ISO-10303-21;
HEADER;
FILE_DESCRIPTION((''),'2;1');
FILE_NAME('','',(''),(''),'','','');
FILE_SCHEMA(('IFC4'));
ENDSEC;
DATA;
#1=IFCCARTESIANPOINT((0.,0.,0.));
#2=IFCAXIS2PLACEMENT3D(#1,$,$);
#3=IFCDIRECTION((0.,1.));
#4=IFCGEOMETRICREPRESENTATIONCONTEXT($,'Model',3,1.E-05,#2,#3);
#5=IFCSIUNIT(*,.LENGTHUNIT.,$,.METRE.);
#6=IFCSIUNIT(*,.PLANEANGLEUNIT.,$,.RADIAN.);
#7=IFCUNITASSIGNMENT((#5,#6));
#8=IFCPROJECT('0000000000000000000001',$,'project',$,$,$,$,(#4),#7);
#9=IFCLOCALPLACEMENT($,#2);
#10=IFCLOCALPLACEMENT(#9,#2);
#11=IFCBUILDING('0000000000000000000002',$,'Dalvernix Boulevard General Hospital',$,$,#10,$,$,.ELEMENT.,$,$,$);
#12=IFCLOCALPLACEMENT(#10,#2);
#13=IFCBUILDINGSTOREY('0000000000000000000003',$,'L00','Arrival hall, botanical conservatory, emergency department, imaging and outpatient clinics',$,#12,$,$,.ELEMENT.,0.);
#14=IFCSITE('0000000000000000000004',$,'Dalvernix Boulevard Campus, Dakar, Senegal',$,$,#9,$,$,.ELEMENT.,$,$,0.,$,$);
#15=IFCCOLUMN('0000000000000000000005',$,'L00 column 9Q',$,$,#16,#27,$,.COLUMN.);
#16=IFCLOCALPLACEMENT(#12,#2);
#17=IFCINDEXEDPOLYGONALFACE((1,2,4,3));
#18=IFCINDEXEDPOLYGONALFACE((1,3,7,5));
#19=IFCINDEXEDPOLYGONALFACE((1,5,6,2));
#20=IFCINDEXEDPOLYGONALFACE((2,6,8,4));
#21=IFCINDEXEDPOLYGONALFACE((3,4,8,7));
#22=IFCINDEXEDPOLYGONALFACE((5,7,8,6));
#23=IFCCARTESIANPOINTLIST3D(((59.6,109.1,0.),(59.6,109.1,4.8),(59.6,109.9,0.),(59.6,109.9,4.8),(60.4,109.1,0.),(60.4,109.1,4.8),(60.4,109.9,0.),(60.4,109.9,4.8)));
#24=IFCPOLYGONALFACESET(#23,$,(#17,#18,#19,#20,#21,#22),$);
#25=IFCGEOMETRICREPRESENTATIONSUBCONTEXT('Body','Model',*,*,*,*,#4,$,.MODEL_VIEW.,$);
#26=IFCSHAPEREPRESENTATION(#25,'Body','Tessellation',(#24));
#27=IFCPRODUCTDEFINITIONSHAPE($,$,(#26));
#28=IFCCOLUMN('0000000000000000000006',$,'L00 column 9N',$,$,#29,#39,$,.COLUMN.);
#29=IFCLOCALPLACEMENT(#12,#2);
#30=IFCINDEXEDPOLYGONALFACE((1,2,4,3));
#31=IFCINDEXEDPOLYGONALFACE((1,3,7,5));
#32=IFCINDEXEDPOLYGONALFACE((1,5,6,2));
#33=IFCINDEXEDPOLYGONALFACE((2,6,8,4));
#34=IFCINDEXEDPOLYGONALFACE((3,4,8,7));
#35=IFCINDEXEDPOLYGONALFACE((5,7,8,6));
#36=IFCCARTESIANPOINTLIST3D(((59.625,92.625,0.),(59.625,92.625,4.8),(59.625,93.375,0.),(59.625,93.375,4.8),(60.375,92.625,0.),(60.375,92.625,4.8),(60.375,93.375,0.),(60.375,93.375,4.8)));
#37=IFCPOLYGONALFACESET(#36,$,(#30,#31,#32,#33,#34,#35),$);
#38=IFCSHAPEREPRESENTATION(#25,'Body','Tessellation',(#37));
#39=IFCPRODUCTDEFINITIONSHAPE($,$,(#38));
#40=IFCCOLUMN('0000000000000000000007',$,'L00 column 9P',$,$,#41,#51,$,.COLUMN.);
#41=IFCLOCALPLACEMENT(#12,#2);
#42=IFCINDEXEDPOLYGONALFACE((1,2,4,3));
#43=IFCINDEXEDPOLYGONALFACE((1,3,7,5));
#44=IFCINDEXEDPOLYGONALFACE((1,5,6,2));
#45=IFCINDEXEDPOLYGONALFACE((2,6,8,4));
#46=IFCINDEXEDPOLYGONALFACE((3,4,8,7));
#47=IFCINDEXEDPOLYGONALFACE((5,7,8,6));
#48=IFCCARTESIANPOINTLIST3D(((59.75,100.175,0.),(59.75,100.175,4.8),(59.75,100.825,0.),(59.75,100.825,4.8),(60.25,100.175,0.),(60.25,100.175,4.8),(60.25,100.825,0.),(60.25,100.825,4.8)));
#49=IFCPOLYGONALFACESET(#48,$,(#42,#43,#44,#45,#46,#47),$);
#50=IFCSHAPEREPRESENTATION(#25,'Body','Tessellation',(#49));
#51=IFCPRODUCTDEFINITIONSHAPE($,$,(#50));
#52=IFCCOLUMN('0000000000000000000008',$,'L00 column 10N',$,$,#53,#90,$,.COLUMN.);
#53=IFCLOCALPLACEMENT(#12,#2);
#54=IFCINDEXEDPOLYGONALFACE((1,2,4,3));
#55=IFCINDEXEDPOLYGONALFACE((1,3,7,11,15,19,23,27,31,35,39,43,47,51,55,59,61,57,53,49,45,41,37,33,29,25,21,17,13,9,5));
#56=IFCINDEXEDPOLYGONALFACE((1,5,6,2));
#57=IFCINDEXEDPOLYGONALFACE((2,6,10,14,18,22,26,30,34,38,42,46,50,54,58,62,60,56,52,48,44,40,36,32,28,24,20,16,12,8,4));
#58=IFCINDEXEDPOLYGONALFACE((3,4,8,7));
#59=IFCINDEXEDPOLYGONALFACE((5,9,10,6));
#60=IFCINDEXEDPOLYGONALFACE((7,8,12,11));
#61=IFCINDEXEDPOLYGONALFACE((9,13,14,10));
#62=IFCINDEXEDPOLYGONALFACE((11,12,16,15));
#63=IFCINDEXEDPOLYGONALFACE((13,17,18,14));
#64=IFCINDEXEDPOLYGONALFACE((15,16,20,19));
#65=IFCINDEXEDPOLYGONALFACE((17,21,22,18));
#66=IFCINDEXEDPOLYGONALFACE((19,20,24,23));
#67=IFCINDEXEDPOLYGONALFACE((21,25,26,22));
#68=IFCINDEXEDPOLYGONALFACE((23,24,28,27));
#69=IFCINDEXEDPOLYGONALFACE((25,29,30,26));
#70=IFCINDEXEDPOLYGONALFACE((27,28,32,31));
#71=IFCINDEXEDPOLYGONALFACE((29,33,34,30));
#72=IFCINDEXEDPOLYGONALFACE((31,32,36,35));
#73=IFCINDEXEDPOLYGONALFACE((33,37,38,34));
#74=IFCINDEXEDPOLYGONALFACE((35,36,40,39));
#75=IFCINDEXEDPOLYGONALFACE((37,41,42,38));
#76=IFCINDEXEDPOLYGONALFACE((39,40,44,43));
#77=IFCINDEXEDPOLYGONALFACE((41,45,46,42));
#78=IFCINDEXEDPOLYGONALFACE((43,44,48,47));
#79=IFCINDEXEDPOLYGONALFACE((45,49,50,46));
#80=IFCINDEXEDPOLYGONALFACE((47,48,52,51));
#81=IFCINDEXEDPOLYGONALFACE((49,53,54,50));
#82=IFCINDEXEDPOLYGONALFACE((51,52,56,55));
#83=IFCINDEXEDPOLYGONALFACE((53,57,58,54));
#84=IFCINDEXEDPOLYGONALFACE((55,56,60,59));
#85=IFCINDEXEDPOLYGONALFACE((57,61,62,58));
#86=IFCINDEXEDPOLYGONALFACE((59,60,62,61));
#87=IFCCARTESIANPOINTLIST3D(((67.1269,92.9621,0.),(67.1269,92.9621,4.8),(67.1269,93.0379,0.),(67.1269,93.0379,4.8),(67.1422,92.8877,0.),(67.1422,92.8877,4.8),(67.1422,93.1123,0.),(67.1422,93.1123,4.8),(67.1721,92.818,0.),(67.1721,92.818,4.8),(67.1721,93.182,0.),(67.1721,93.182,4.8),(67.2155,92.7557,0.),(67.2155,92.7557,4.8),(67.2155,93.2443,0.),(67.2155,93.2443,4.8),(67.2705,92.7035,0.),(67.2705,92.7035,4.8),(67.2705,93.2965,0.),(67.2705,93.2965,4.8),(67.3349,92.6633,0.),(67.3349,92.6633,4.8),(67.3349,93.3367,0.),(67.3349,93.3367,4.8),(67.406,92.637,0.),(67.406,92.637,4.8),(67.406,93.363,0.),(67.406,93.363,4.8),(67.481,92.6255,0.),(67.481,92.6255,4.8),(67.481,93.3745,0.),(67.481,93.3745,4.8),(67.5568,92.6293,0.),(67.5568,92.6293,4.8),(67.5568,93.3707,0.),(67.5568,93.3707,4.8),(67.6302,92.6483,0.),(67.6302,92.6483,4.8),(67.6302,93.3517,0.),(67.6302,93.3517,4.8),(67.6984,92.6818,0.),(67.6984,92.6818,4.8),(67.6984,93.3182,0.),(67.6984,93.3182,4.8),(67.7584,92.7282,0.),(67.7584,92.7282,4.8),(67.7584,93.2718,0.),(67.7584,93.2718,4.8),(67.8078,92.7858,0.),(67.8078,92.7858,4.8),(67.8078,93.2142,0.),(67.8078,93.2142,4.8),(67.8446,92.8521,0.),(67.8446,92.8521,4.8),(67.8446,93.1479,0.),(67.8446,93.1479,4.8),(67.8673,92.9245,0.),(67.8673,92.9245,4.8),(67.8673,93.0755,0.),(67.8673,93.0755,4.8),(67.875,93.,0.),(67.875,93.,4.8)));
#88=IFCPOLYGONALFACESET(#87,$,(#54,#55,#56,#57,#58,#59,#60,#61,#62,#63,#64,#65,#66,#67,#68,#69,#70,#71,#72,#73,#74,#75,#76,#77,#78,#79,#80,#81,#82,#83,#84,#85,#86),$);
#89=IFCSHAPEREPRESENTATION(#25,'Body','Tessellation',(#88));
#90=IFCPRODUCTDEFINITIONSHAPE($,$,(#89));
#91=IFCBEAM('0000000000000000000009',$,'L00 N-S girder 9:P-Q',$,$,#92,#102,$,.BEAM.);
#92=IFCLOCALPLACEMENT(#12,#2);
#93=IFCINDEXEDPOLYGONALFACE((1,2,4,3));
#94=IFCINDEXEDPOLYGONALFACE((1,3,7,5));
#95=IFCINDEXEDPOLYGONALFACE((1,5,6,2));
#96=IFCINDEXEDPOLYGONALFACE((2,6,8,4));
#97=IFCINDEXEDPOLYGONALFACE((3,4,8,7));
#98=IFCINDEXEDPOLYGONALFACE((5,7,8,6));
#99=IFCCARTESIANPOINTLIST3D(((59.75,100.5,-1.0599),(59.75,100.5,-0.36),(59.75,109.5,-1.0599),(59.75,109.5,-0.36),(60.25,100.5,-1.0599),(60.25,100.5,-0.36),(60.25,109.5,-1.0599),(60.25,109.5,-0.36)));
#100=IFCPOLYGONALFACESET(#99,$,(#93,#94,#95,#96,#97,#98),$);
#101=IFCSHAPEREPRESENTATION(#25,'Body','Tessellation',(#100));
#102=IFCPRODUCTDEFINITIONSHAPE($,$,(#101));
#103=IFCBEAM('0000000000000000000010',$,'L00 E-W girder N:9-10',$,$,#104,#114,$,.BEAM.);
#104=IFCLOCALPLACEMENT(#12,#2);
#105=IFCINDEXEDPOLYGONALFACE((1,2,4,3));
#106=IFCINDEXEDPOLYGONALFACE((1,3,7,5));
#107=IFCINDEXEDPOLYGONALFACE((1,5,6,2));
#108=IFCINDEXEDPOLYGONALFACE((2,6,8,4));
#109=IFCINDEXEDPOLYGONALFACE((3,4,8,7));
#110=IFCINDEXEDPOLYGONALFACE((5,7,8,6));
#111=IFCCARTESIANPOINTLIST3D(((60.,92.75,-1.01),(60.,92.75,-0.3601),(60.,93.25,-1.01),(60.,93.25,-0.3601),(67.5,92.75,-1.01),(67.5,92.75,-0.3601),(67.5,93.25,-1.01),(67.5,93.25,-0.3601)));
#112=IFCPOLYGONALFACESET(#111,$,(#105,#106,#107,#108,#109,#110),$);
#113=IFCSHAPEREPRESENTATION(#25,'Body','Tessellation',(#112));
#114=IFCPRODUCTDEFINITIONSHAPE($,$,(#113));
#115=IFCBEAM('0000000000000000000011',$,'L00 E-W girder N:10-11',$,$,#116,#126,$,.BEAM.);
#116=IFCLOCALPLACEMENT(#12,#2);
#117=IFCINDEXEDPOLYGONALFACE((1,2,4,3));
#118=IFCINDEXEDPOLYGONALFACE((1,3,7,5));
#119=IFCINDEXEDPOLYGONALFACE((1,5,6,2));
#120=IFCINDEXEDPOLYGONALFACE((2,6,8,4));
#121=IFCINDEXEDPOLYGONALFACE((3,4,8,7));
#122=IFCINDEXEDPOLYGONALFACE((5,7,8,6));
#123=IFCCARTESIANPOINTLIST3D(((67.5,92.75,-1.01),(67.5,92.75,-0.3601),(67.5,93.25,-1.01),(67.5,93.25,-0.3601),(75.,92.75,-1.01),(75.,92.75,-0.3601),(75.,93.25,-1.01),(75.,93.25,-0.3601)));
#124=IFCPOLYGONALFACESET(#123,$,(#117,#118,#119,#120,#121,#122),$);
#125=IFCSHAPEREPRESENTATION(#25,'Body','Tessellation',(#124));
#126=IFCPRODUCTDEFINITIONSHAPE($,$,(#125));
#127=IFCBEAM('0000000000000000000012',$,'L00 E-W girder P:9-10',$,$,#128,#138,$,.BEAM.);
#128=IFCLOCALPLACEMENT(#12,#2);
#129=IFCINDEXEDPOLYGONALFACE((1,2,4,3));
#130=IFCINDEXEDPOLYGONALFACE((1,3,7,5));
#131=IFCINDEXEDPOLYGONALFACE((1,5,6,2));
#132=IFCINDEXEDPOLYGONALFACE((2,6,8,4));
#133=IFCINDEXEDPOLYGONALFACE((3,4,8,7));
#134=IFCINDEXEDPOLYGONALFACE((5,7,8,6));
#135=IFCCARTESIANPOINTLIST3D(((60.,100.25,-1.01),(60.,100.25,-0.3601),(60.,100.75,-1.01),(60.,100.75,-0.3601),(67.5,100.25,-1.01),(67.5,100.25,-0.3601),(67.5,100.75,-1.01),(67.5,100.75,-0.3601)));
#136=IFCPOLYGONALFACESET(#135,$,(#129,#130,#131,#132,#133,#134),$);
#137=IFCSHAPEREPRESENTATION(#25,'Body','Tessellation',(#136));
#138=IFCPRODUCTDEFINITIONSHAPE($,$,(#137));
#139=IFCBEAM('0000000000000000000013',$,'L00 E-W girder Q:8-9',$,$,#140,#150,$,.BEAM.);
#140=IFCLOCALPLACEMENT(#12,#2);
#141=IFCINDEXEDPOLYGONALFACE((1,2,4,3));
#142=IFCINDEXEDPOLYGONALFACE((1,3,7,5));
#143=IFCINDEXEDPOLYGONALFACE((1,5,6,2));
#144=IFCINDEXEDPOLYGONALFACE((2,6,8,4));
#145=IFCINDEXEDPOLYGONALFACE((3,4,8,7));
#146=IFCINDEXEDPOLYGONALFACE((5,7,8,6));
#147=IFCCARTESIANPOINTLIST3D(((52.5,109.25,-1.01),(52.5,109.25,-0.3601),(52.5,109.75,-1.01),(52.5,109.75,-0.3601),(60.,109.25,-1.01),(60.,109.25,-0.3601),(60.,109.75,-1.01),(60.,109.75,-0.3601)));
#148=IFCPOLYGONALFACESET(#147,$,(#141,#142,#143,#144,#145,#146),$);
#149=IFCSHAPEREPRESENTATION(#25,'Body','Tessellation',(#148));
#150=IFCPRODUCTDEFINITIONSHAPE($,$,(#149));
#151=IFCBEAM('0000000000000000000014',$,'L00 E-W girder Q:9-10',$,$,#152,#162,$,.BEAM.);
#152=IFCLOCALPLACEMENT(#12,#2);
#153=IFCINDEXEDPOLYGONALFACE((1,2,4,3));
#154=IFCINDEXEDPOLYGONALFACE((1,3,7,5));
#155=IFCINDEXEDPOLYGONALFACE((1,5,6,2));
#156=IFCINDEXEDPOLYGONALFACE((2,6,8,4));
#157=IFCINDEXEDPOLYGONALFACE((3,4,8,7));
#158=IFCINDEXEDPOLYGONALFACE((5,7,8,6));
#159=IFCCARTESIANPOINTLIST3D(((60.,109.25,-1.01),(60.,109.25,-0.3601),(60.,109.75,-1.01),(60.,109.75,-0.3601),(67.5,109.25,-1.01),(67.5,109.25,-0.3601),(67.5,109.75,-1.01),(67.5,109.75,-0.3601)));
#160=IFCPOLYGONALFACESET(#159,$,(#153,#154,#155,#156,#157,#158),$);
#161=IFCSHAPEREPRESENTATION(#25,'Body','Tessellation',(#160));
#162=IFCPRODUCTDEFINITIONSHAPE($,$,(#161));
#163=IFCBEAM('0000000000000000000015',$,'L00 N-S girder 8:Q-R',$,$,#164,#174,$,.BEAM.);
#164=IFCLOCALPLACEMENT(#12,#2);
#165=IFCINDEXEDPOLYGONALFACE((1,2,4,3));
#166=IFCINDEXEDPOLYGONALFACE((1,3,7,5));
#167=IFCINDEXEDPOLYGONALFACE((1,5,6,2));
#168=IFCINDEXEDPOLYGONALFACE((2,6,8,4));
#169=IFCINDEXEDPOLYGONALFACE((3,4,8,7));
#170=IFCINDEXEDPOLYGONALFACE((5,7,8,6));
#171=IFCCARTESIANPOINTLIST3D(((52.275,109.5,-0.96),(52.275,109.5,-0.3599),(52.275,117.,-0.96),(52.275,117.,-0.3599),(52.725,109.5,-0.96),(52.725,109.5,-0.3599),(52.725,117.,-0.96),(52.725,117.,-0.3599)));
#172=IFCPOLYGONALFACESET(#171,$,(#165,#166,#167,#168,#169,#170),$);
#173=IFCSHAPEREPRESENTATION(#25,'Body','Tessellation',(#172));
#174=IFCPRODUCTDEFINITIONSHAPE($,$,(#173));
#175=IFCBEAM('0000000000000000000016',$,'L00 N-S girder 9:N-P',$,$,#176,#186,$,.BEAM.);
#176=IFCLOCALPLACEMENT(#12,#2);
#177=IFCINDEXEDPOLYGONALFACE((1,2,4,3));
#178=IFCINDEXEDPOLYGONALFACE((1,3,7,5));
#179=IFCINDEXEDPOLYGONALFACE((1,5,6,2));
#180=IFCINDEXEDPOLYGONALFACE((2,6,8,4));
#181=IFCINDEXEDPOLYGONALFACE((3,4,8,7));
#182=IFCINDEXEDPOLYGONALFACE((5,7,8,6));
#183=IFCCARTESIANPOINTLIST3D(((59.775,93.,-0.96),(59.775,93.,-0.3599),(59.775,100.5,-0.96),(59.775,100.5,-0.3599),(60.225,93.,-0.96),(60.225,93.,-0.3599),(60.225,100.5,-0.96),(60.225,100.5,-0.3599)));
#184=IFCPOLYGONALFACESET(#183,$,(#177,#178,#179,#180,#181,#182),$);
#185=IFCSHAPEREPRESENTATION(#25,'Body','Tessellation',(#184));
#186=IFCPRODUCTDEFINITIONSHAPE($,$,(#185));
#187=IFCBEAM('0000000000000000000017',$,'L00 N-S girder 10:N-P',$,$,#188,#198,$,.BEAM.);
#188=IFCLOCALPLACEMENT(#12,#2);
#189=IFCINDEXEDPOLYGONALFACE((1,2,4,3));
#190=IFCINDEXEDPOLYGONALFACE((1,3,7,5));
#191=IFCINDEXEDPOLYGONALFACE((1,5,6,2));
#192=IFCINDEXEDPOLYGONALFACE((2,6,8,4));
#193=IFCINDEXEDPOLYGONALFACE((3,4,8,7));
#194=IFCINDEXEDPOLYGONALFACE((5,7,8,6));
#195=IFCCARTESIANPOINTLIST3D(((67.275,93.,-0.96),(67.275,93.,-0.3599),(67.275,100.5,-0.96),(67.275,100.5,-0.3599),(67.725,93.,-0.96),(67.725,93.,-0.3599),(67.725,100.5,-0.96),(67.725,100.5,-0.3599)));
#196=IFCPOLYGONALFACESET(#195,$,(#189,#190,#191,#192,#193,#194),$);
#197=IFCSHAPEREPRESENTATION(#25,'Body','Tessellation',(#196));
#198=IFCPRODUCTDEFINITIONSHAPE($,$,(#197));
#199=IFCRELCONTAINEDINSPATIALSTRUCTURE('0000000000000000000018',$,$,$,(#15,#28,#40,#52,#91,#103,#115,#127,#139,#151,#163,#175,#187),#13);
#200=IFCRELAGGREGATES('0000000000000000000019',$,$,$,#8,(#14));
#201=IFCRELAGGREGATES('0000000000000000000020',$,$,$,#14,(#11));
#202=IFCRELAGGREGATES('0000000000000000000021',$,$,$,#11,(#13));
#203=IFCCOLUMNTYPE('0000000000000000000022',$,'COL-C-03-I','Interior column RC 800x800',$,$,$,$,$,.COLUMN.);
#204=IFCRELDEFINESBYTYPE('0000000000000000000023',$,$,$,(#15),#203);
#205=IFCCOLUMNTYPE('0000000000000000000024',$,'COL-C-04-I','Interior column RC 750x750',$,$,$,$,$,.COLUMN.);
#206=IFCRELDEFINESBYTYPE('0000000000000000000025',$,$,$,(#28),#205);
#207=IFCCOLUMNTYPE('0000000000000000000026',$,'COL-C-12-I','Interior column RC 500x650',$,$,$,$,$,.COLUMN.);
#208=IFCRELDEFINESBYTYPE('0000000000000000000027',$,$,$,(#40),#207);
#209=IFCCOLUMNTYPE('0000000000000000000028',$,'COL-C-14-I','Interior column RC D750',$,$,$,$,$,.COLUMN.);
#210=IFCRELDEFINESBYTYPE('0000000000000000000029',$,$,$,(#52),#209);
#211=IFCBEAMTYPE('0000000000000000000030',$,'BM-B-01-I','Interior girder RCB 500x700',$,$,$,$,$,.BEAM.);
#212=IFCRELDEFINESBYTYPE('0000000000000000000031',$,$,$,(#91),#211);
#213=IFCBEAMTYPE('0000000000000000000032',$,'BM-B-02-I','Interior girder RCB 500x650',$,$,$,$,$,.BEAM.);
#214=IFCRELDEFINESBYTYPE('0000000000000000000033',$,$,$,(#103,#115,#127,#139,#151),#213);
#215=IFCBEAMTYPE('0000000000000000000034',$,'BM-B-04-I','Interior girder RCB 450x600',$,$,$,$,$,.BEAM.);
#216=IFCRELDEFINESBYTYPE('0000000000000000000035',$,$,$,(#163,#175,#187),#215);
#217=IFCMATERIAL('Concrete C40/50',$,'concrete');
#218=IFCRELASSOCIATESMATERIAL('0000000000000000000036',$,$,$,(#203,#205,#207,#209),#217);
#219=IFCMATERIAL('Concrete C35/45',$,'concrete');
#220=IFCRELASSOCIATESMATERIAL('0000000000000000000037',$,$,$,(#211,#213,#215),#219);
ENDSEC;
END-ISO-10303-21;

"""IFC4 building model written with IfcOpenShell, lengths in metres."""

from ifc_helpers import new_model, si_unit, direction, frame, origin, origin_2d, place, context, subcontext, project, spatial, rectangle, circle, extrude, material, material_profile, profile_set, type_object, element, save


model = new_model("IFC4")

# Units and contexts
model_context = context("Model", 3, precision=1e-05, world=origin(), true_north=direction((0.0, 1.0)))
body_context = subcontext(model_context, "Body", "Model", "MODEL_VIEW")
ifc_project = project(units=[si_unit("LENGTHUNIT", "METRE"), si_unit("PLANEANGLEUNIT", "RADIAN")], contexts=[model_context])

# Site, building, storey
site_placement = place(None, origin())
site = spatial("IfcSite", under=ifc_project, at=site_placement, Name="Dalvernix Boulevard Campus, Dakar, Senegal", CompositionType="ELEMENT", RefElevation=0.0)
building_placement = place(site_placement, origin())
building = spatial("IfcBuilding", under=site, at=building_placement, Name="Dalvernix Boulevard General Hospital", CompositionType="ELEMENT")
storey_placement = place(building_placement, origin())
storey = spatial("IfcBuildingStorey", under=building, at=storey_placement, Name="L00", Description="Arrival hall, botanical conservatory, emergency department, imaging and outpatient clinics", CompositionType="ELEMENT", Elevation=0.0)

# Columns
ifc_material_1 = material(Name="Concrete C40/50", Category="concrete")
ifc_material_profile_1 = material_profile(ifc_material_1, rectangle(XDim=0.8, YDim=0.8, at=origin_2d()), Name="RC 800x800")
ifc_profile_set_1 = profile_set([ifc_material_profile_1], Name="Concrete C40/50")
column_type_1 = type_object("IfcColumnType", Name="COL-C-03-I", Description="Interior column RC 800x800", PredefinedType="COLUMN", material=ifc_profile_set_1)
column_1_placement = place(storey_placement, frame((60.0, 109.5, 0.0), z_axis=(0.0, 0.0, 1.0), x_axis=(1.0, 0.0, 0.0)))
element("IfcColumn", 1, at=column_1_placement, inside=storey, type_object=column_type_1, Name="L00 column 9Q", PredefinedType="COLUMN", context=body_context, shape_type="SweptSolid", body=[
    extrude(rectangle(XDim=0.8, YDim=0.8, at=origin_2d()), origin(), (0.0, 0.0, 1.0), 4.8),
])
ifc_material_profile_2 = material_profile(ifc_material_1, rectangle(XDim=0.75, YDim=0.75, at=origin_2d()), Name="RC 750x750")
ifc_profile_set_2 = profile_set([ifc_material_profile_2], Name="Concrete C40/50")
column_type_2 = type_object("IfcColumnType", Name="COL-C-04-I", Description="Interior column RC 750x750", PredefinedType="COLUMN", material=ifc_profile_set_2)
column_2_placement = place(storey_placement, frame((60.0, 93.0, 0.0), z_axis=(0.0, 0.0, 1.0), x_axis=(1.0, 0.0, 0.0)))
element("IfcColumn", 2, at=column_2_placement, inside=storey, type_object=column_type_2, Name="L00 column 9N", PredefinedType="COLUMN", context=body_context, shape_type="SweptSolid", body=[
    extrude(rectangle(XDim=0.75, YDim=0.75, at=origin_2d()), origin(), (0.0, 0.0, 1.0), 4.8),
])
ifc_material_profile_3 = material_profile(ifc_material_1, rectangle(XDim=0.5, YDim=0.6499, at=origin_2d()), Name="RC 500x650")
ifc_profile_set_3 = profile_set([ifc_material_profile_3], Name="Concrete C40/50")
column_type_3 = type_object("IfcColumnType", Name="COL-C-12-I", Description="Interior column RC 500x650", PredefinedType="COLUMN", material=ifc_profile_set_3)
column_3_placement = place(storey_placement, frame((60.0, 100.5, 0.0), z_axis=(0.0, 0.0, 1.0), x_axis=(1.0, 0.0, 0.0)))
element("IfcColumn", 3, at=column_3_placement, inside=storey, type_object=column_type_3, Name="L00 column 9P", PredefinedType="COLUMN", context=body_context, shape_type="SweptSolid", body=[
    extrude(rectangle(XDim=0.5, YDim=0.6499, at=origin_2d()), origin(), (0.0, 0.0, 1.0), 4.8),
])
ifc_material_profile_4 = material_profile(ifc_material_1, circle(Radius=0.375, at=origin_2d()), Name="RC D750")
ifc_profile_set_4 = profile_set([ifc_material_profile_4], Name="Concrete C40/50")
column_type_4 = type_object("IfcColumnType", Name="COL-C-14-I", Description="Interior column RC D750", PredefinedType="COLUMN", material=ifc_profile_set_4)
column_4_placement = place(storey_placement, frame((67.5, 93.0, 0.0), z_axis=(0.0, 0.0, 1.0), x_axis=(1.0, 0.0, 0.0)))
element("IfcColumn", 4, at=column_4_placement, inside=storey, type_object=column_type_4, Name="L00 column 10N", PredefinedType="COLUMN", context=body_context, shape_type="SweptSolid", body=[
    extrude(circle(Radius=0.375, at=origin_2d()), origin(), (0.0, 0.0, 1.0), 4.8),
])

# Beams
ifc_material_2 = material(Name="Concrete C35/45", Category="concrete")
ifc_material_profile_5 = material_profile(ifc_material_2, rectangle(XDim=0.5, YDim=0.7, at=origin_2d()), Name="RCB 500x700")
ifc_profile_set_5 = profile_set([ifc_material_profile_5], Name="Concrete C35/45")
beam_type_1 = type_object("IfcBeamType", Name="BM-B-01-I", Description="Interior girder RCB 500x700", PredefinedType="BEAM", material=ifc_profile_set_5)
beam_placement = place(storey_placement, frame((60.0, 100.5, -0.71), z_axis=(0.0, 1.0, 0.0), x_axis=(-1.0, 0.0, 0.0)))
element("IfcBeam", 5, at=beam_placement, inside=storey, type_object=beam_type_1, Name="L00 N-S girder 9:P-Q", PredefinedType="BEAM", context=body_context, shape_type="SweptSolid", body=[
    extrude(rectangle(XDim=0.5, YDim=0.7, at=origin_2d()), origin(), (0.0, 0.0, 1.0), 9.0),
])
ifc_material_profile_6 = material_profile(ifc_material_2, rectangle(XDim=0.5, YDim=0.6499, at=origin_2d()), Name="RCB 500x650")
ifc_profile_set_6 = profile_set([ifc_material_profile_6], Name="Concrete C35/45")
beam_type_2 = type_object("IfcBeamType", Name="BM-B-02-I", Description="Interior girder RCB 500x650", PredefinedType="BEAM", material=ifc_profile_set_6)
for number, where, z_axis, x_axis, name in (
    (6, (60.0, 93.0, -0.6851), (1.0, 0.0, 0.0), (0.0, 1.0, 0.0), "L00 E-W girder N:9-10"),
    (7, (67.5, 93.0, -0.6851), (1.0, 0.0, 0.0), (0.0, 1.0, 0.0), "L00 E-W girder N:10-11"),
    (8, (60.0, 100.5, -0.6851), (1.0, 0.0, 0.0), (0.0, 1.0, 0.0), "L00 E-W girder P:9-10"),
    (9, (52.5, 109.5, -0.6851), (1.0, 0.0, 0.0), (0.0, 1.0, 0.0), "L00 E-W girder Q:8-9"),
    (10, (60.0, 109.5, -0.6851), (1.0, 0.0, 0.0), (0.0, 1.0, 0.0), "L00 E-W girder Q:9-10"),
):
    element("IfcBeam", number, at=place(storey_placement, frame(where, z_axis=z_axis, x_axis=x_axis)), inside=storey, type_object=beam_type_2, Name=name, PredefinedType="BEAM", context=body_context, shape_type="SweptSolid", body=[
        extrude(rectangle(XDim=0.5, YDim=0.6499, at=origin_2d()), origin(), (0.0, 0.0, 1.0), 7.5),
    ])
ifc_material_profile_7 = material_profile(ifc_material_2, rectangle(XDim=0.45, YDim=0.6001, at=origin_2d()), Name="RCB 450x600")
ifc_profile_set_7 = profile_set([ifc_material_profile_7], Name="Concrete C35/45")
beam_type_3 = type_object("IfcBeamType", Name="BM-B-04-I", Description="Interior girder RCB 450x600", PredefinedType="BEAM", material=ifc_profile_set_7)
for number, where, z_axis, x_axis, name in (
    (11, (52.5, 109.5, -0.6599), (0.0, 1.0, 0.0), (-1.0, 0.0, 0.0), "L00 N-S girder 8:Q-R"),
    (12, (60.0, 93.0, -0.6599), (0.0, 1.0, 0.0), (-1.0, 0.0, 0.0), "L00 N-S girder 9:N-P"),
    (13, (67.5, 93.0, -0.6599), (0.0, 1.0, 0.0), (-1.0, 0.0, 0.0), "L00 N-S girder 10:N-P"),
):
    element("IfcBeam", number, at=place(storey_placement, frame(where, z_axis=z_axis, x_axis=x_axis)), inside=storey, type_object=beam_type_3, Name=name, PredefinedType="BEAM", context=body_context, shape_type="SweptSolid", body=[
        extrude(rectangle(XDim=0.45, YDim=0.6001, at=origin_2d()), origin(), (0.0, 0.0, 1.0), 7.5),
    ])

save(model, "model.ifc")
